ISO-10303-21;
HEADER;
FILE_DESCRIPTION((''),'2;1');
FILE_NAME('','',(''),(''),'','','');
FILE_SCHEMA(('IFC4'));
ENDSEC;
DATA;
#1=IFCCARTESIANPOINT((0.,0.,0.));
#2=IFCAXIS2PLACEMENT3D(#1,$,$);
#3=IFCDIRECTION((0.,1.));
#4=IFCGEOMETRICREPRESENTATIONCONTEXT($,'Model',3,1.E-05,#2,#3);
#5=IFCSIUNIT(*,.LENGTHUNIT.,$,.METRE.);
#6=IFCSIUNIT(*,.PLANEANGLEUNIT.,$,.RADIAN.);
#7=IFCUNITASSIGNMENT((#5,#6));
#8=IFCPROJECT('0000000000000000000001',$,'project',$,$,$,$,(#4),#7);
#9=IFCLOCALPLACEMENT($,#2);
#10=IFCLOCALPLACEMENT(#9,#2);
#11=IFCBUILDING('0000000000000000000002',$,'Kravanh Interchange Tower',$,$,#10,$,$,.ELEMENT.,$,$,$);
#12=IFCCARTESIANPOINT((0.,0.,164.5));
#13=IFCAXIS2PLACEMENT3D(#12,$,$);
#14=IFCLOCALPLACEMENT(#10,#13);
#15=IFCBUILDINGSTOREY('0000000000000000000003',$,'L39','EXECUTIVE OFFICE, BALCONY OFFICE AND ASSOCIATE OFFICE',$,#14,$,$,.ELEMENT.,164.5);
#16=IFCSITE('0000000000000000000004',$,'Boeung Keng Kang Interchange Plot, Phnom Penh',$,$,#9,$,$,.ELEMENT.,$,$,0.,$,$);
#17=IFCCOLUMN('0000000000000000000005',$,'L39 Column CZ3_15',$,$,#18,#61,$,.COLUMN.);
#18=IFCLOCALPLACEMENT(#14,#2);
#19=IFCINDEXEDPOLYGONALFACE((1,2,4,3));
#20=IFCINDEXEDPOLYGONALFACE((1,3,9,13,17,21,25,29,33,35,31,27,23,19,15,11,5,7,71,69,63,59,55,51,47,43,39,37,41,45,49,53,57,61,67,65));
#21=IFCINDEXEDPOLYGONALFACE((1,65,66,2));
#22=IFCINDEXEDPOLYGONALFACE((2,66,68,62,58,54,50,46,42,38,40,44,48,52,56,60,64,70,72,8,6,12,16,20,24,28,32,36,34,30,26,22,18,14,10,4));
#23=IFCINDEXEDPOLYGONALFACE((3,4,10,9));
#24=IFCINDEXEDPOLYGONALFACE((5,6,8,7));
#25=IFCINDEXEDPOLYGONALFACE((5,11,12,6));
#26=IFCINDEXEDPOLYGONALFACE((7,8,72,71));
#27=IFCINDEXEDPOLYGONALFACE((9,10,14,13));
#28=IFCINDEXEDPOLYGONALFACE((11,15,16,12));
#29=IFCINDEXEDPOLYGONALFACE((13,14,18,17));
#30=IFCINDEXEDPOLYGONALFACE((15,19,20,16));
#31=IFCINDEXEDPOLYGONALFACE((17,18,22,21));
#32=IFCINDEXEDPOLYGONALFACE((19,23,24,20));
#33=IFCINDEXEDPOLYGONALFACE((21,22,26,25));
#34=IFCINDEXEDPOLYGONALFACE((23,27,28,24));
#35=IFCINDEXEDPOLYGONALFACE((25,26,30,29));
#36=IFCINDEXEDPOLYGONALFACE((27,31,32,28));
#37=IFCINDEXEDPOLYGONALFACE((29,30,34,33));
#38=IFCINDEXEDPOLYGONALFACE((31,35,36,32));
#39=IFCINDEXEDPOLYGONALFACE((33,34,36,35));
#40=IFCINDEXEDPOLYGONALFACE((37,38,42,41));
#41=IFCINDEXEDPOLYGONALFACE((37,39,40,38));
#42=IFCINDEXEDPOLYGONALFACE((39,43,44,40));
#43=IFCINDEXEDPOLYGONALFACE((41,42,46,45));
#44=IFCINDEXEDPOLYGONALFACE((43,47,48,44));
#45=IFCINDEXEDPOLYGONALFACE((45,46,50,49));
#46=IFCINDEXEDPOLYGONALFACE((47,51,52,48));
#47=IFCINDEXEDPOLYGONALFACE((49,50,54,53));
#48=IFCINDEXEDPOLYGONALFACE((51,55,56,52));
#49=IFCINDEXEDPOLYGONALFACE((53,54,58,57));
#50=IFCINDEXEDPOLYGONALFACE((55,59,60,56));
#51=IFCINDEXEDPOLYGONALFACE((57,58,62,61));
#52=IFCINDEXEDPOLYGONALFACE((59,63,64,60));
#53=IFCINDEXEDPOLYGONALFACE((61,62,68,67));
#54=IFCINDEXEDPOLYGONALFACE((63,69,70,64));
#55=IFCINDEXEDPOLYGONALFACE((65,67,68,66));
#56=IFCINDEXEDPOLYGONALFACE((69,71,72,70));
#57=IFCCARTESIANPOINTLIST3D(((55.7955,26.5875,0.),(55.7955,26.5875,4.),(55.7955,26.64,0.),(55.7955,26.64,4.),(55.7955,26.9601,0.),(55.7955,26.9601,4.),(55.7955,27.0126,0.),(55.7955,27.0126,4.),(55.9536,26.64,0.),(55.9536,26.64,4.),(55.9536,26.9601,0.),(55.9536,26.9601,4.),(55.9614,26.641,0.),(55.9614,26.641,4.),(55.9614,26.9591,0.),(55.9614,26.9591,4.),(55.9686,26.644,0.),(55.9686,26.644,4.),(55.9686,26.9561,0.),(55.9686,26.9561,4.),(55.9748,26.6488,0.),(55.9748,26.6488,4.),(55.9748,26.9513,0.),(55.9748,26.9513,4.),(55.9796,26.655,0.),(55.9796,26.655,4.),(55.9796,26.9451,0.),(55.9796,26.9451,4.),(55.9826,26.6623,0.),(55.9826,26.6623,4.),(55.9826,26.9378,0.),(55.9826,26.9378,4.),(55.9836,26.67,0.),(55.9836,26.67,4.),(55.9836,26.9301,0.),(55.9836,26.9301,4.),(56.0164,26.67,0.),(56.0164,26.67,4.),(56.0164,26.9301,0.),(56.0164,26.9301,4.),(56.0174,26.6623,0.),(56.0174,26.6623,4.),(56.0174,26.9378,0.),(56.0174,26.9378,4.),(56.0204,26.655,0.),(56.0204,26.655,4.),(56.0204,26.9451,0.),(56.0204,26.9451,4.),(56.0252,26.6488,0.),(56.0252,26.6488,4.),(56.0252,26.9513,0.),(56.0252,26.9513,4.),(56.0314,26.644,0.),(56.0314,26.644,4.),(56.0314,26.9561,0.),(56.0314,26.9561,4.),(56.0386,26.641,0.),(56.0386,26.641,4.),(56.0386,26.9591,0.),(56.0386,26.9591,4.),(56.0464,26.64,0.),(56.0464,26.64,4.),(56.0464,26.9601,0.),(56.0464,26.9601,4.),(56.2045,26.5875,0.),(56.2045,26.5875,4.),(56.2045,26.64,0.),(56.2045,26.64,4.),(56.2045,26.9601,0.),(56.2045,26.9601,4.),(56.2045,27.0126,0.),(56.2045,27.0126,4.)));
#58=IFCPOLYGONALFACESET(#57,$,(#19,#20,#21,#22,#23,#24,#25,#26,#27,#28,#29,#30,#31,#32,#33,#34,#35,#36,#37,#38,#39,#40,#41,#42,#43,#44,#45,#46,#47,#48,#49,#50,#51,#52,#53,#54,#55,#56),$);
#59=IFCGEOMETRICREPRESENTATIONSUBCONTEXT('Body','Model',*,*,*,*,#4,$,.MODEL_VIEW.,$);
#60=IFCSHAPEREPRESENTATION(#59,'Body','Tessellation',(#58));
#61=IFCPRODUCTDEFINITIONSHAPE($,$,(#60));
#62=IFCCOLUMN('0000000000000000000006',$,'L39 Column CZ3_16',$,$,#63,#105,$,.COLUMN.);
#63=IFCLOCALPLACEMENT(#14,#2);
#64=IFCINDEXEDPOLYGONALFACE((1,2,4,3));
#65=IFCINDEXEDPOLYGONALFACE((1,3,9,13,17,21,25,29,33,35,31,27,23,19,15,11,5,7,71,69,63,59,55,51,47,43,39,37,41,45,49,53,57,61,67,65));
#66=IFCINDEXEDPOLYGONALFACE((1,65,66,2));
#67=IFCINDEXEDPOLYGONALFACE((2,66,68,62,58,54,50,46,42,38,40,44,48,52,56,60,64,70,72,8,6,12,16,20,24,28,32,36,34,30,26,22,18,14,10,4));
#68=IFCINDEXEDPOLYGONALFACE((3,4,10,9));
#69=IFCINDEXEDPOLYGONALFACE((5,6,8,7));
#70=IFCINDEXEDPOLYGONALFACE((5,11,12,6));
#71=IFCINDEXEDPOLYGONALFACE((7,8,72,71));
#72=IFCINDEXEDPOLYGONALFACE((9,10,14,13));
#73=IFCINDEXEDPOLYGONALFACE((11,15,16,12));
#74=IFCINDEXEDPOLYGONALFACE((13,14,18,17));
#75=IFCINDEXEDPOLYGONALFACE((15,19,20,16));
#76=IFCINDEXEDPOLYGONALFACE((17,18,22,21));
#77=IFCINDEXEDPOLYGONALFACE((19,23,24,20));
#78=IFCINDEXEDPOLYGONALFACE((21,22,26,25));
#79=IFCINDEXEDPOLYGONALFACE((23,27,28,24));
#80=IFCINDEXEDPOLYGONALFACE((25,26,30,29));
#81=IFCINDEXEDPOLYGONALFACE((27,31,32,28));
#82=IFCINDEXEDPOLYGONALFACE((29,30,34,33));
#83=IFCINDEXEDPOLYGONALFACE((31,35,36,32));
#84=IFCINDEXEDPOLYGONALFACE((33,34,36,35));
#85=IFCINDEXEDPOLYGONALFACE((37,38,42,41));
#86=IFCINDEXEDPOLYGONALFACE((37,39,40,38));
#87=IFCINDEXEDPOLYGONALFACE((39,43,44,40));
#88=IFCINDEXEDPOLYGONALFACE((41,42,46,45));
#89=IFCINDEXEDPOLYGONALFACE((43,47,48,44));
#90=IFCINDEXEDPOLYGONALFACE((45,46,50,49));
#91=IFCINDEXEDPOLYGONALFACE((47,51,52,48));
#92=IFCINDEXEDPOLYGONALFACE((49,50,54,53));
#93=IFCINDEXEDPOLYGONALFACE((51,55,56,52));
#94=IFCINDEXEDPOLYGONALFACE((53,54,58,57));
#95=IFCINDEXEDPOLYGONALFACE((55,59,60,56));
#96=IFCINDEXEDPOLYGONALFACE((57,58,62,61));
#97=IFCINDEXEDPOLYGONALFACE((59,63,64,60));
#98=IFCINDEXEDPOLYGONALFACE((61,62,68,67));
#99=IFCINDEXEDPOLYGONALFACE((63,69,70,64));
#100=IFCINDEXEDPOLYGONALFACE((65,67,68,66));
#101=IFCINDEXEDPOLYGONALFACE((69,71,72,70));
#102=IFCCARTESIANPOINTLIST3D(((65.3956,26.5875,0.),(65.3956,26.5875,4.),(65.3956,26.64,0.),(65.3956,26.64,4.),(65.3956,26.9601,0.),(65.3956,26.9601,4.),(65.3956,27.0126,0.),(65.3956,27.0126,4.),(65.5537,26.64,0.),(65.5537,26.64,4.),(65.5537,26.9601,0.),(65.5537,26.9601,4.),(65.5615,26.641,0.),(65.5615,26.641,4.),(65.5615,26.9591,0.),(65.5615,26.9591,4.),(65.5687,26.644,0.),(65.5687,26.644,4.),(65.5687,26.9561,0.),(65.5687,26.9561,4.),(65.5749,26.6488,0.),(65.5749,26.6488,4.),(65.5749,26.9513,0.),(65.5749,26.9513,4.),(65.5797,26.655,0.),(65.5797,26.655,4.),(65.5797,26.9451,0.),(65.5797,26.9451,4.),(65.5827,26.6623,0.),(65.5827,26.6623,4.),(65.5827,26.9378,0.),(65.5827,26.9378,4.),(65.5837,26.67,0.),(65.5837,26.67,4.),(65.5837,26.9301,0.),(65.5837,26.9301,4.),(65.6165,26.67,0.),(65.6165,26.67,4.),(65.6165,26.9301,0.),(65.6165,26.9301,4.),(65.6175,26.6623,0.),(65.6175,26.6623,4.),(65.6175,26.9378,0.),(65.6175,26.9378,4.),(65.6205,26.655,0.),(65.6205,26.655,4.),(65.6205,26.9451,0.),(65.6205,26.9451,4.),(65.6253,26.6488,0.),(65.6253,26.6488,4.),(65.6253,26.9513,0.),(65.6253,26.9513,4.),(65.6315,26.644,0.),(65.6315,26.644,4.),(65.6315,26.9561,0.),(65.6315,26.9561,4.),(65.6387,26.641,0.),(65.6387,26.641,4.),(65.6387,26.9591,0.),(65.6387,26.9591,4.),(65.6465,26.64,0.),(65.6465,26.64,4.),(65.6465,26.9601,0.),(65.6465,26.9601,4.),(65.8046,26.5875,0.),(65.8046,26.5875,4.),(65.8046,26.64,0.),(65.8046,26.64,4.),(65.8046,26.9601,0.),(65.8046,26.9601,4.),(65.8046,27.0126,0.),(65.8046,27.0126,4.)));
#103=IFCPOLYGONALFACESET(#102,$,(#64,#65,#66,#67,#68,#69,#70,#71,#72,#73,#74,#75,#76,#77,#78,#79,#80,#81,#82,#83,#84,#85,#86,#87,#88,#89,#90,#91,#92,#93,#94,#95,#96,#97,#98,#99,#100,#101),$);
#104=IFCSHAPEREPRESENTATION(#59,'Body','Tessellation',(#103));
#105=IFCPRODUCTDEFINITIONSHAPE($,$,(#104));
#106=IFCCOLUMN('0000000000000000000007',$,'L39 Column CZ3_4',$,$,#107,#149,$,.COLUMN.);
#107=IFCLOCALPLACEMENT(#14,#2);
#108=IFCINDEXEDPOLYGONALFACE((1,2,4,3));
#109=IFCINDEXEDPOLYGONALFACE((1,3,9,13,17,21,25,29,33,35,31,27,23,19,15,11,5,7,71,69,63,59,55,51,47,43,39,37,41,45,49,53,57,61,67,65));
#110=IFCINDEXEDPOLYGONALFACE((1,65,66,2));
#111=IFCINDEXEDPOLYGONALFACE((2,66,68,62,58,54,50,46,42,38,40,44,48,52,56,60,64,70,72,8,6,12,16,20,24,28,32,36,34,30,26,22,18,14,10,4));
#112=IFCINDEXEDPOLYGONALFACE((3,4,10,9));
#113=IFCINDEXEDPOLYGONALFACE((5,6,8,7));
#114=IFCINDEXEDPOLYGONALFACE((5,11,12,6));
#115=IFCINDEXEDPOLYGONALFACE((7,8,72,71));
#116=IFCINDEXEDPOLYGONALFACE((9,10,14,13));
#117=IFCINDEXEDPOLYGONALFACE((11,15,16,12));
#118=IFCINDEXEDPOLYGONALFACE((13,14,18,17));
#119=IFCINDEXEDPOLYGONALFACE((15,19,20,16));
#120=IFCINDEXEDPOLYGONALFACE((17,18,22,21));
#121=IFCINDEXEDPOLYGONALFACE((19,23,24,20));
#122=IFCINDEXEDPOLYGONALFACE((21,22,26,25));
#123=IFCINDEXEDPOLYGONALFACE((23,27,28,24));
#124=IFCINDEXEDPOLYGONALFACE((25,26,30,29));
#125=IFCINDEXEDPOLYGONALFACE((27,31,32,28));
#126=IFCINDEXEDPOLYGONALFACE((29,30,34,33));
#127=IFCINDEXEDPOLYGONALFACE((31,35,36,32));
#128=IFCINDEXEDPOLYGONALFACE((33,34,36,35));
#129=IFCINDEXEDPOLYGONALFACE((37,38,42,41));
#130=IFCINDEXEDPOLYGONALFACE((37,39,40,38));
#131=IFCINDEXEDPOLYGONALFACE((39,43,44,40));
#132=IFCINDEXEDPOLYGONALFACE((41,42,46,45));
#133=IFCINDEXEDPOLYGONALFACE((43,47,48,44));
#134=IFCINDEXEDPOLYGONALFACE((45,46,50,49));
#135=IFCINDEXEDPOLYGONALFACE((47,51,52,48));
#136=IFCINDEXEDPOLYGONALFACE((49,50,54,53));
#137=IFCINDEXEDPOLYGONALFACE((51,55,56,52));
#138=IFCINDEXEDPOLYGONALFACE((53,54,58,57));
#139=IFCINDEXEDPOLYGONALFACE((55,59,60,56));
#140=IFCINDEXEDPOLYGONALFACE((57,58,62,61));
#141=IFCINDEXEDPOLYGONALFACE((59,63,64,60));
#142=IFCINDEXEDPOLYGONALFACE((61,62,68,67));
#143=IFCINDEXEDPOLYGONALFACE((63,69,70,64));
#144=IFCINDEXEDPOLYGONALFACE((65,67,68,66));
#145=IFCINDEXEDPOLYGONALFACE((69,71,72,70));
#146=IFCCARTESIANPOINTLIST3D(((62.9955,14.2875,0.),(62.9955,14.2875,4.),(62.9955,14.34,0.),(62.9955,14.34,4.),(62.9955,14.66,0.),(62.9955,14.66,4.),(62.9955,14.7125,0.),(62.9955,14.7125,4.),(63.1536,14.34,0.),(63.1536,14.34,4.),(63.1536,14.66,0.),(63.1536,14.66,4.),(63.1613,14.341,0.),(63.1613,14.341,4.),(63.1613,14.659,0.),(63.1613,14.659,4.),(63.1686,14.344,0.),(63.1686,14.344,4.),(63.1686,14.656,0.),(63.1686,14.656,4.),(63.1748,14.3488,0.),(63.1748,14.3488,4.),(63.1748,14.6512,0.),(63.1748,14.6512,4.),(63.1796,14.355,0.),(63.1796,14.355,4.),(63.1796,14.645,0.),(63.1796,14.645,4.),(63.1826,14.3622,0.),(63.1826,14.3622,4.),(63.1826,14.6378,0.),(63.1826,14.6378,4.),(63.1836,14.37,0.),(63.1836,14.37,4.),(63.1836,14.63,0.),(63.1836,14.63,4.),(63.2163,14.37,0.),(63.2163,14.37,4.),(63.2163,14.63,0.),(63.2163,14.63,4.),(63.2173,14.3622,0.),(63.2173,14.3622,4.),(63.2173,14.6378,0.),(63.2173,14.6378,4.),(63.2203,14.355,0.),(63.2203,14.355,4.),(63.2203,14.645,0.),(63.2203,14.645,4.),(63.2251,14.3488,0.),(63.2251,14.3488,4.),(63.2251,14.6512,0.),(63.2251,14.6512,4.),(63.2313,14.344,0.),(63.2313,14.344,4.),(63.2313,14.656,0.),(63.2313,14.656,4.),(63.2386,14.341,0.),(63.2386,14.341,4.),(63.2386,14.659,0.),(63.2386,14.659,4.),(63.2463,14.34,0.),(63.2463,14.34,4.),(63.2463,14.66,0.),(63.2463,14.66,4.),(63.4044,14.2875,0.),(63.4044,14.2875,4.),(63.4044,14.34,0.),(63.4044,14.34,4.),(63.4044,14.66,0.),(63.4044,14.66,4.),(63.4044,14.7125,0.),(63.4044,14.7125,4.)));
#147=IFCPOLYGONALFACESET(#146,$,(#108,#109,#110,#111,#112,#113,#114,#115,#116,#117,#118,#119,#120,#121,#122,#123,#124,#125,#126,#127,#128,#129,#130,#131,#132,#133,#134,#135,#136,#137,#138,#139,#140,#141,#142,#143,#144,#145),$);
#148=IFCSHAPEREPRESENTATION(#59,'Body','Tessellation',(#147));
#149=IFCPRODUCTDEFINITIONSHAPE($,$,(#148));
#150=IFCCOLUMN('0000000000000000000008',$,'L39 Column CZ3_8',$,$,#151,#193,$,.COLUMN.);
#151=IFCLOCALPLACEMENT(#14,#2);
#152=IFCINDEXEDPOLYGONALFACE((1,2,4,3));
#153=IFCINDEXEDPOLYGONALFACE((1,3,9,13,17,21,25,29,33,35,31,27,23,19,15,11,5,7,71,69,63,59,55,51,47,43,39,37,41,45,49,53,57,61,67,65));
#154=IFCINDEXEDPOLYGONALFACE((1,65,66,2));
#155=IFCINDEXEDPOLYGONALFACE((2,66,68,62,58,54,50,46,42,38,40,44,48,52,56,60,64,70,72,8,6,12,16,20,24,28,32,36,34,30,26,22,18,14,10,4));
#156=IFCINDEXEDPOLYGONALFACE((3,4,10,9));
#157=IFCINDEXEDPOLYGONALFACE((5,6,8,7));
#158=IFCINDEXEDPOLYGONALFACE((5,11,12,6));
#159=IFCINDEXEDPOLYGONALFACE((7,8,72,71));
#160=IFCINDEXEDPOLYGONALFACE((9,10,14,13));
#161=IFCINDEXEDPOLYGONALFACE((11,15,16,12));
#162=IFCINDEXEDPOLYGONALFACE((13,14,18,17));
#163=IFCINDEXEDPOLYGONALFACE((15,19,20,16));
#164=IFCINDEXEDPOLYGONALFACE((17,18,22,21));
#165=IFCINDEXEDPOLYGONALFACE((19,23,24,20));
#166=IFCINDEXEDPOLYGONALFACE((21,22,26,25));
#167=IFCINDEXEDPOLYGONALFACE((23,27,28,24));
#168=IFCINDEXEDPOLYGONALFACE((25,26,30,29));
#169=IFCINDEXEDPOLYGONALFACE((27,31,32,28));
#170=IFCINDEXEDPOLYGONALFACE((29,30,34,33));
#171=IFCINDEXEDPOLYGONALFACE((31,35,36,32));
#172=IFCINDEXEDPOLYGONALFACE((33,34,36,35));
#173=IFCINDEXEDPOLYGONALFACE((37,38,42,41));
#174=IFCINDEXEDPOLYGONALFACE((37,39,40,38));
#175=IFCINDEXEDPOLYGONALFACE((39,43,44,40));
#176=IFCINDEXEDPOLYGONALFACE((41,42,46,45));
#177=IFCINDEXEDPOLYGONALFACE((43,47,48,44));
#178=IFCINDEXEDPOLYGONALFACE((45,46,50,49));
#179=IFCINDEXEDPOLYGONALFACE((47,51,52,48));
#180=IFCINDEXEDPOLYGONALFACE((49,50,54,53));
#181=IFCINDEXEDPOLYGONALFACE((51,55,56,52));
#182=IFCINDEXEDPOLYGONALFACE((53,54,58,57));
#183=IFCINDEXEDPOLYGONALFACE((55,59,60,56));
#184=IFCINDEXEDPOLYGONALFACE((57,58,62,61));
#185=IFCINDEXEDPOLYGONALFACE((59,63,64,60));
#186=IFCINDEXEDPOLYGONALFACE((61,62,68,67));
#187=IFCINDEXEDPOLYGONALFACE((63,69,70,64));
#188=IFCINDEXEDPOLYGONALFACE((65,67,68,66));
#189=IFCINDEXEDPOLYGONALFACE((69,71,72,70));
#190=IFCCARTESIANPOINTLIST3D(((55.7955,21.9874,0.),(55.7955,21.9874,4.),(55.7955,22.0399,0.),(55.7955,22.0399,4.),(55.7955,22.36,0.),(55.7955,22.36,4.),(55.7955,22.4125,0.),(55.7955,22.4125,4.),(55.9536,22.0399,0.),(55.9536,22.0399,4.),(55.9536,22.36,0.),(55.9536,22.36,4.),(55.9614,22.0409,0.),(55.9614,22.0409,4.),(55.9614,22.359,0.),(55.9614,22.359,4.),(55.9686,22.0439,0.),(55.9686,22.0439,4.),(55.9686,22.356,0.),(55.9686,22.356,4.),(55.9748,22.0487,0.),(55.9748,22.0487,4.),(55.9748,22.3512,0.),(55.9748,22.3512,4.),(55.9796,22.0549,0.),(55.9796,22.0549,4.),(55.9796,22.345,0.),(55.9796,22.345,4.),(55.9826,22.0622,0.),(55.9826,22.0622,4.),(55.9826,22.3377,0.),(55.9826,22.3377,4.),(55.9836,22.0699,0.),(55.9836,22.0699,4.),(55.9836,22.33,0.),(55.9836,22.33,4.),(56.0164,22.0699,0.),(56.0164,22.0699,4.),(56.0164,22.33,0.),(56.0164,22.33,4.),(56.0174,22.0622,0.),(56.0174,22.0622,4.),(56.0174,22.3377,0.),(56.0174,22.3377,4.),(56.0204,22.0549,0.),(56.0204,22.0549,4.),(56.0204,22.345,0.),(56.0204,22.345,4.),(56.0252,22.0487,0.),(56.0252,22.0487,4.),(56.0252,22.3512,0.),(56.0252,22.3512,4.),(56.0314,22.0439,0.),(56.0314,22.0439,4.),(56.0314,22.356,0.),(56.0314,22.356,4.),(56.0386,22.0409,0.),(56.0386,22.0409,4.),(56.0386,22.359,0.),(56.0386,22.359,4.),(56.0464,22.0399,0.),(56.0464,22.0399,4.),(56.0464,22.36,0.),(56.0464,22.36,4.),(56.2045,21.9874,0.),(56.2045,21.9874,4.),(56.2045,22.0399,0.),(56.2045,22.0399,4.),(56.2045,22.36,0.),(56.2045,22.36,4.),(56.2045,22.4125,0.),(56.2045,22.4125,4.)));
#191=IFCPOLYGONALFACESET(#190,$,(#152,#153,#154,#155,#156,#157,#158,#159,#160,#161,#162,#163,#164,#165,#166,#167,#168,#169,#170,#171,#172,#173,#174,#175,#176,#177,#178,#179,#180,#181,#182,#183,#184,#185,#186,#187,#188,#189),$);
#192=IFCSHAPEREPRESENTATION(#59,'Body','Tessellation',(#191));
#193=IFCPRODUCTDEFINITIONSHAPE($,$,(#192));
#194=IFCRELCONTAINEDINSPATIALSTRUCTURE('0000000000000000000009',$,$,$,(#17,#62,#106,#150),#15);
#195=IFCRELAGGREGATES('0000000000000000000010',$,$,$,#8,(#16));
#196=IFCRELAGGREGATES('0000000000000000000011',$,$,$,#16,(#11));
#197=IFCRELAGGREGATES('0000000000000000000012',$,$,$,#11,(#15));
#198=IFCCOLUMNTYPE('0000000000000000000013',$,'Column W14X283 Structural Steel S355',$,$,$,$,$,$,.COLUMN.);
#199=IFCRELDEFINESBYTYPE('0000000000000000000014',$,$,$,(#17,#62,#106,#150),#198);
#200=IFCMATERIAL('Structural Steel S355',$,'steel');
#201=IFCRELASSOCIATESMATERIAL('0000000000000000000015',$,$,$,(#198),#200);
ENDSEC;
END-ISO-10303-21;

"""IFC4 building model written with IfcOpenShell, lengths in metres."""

from ifc_helpers import new_model, si_unit, direction, frame, origin, origin_2d, place, context, subcontext, project, spatial, i_section, extrude, material, material_profile, profile_set, type_object, element, save


model = new_model("IFC4")

# Units and contexts
model_context = context("Model", 3, precision=1e-05, world=origin(), true_north=direction((0.0, 1.0)))
body_context = subcontext(model_context, "Body", "Model", "MODEL_VIEW")
ifc_project = project(units=[si_unit("LENGTHUNIT", "METRE"), si_unit("PLANEANGLEUNIT", "RADIAN")], contexts=[model_context])

# Site, building, storey
site_placement = place(None, origin())
site = spatial("IfcSite", under=ifc_project, at=site_placement, Name="Boeung Keng Kang Interchange Plot, Phnom Penh", CompositionType="ELEMENT", RefElevation=0.0)
building_placement = place(site_placement, origin())
building = spatial("IfcBuilding", under=site, at=building_placement, Name="Kravanh Interchange Tower", CompositionType="ELEMENT")
storey_placement = place(building_placement, frame((0.0, 0.0, 164.5)))
storey = spatial("IfcBuildingStorey", under=building, at=storey_placement, Name="L39", Description="EXECUTIVE OFFICE, BALCONY OFFICE AND ASSOCIATE OFFICE", CompositionType="ELEMENT", Elevation=164.5)

# Columns
ifc_material_1 = material(Name="Structural Steel S355", Category="steel")
ifc_material_profile_1 = material_profile(ifc_material_1, i_section(OverallWidth=0.4089, OverallDepth=0.425, WebThickness=0.0327, FlangeThickness=0.0525, FilletRadius=0.03, at=origin_2d()), Name="W14X283")
ifc_profile_set_1 = profile_set([ifc_material_profile_1], Name="Structural Steel S355")
column_type = type_object("IfcColumnType", Name="Column W14X283 Structural Steel S355", PredefinedType="COLUMN", material=ifc_profile_set_1)
for number, where, z_axis, x_axis, name in (
    (1, (56.0, 26.8, 0.0), (0.0, 0.0, 1.0), (1.0, 0.0, 0.0), "L39 Column CZ3_15"),
    (2, (65.6001, 26.8, 0.0), (0.0, 0.0, 1.0), (1.0, 0.0, 0.0), "L39 Column CZ3_16"),
    (3, (63.2, 14.5, 0.0), (0.0, 0.0, 1.0), (1.0, 0.0, 0.0), "L39 Column CZ3_4"),
    (4, (56.0, 22.2, 0.0), (0.0, 0.0, 1.0), (1.0, 0.0, 0.0), "L39 Column CZ3_8"),
):
    element("IfcColumn", number, at=place(storey_placement, frame(where, z_axis=z_axis, x_axis=x_axis)), inside=storey, type_object=column_type, Name=name, PredefinedType="COLUMN", context=body_context, shape_type="SweptSolid", body=[
        extrude(i_section(OverallWidth=0.4089, OverallDepth=0.425, WebThickness=0.0327, FlangeThickness=0.0525, FilletRadius=0.03, at=origin_2d()), origin(), (0.0, 0.0, 1.0), 4.0),
    ])

save(model, "model.ifc")
